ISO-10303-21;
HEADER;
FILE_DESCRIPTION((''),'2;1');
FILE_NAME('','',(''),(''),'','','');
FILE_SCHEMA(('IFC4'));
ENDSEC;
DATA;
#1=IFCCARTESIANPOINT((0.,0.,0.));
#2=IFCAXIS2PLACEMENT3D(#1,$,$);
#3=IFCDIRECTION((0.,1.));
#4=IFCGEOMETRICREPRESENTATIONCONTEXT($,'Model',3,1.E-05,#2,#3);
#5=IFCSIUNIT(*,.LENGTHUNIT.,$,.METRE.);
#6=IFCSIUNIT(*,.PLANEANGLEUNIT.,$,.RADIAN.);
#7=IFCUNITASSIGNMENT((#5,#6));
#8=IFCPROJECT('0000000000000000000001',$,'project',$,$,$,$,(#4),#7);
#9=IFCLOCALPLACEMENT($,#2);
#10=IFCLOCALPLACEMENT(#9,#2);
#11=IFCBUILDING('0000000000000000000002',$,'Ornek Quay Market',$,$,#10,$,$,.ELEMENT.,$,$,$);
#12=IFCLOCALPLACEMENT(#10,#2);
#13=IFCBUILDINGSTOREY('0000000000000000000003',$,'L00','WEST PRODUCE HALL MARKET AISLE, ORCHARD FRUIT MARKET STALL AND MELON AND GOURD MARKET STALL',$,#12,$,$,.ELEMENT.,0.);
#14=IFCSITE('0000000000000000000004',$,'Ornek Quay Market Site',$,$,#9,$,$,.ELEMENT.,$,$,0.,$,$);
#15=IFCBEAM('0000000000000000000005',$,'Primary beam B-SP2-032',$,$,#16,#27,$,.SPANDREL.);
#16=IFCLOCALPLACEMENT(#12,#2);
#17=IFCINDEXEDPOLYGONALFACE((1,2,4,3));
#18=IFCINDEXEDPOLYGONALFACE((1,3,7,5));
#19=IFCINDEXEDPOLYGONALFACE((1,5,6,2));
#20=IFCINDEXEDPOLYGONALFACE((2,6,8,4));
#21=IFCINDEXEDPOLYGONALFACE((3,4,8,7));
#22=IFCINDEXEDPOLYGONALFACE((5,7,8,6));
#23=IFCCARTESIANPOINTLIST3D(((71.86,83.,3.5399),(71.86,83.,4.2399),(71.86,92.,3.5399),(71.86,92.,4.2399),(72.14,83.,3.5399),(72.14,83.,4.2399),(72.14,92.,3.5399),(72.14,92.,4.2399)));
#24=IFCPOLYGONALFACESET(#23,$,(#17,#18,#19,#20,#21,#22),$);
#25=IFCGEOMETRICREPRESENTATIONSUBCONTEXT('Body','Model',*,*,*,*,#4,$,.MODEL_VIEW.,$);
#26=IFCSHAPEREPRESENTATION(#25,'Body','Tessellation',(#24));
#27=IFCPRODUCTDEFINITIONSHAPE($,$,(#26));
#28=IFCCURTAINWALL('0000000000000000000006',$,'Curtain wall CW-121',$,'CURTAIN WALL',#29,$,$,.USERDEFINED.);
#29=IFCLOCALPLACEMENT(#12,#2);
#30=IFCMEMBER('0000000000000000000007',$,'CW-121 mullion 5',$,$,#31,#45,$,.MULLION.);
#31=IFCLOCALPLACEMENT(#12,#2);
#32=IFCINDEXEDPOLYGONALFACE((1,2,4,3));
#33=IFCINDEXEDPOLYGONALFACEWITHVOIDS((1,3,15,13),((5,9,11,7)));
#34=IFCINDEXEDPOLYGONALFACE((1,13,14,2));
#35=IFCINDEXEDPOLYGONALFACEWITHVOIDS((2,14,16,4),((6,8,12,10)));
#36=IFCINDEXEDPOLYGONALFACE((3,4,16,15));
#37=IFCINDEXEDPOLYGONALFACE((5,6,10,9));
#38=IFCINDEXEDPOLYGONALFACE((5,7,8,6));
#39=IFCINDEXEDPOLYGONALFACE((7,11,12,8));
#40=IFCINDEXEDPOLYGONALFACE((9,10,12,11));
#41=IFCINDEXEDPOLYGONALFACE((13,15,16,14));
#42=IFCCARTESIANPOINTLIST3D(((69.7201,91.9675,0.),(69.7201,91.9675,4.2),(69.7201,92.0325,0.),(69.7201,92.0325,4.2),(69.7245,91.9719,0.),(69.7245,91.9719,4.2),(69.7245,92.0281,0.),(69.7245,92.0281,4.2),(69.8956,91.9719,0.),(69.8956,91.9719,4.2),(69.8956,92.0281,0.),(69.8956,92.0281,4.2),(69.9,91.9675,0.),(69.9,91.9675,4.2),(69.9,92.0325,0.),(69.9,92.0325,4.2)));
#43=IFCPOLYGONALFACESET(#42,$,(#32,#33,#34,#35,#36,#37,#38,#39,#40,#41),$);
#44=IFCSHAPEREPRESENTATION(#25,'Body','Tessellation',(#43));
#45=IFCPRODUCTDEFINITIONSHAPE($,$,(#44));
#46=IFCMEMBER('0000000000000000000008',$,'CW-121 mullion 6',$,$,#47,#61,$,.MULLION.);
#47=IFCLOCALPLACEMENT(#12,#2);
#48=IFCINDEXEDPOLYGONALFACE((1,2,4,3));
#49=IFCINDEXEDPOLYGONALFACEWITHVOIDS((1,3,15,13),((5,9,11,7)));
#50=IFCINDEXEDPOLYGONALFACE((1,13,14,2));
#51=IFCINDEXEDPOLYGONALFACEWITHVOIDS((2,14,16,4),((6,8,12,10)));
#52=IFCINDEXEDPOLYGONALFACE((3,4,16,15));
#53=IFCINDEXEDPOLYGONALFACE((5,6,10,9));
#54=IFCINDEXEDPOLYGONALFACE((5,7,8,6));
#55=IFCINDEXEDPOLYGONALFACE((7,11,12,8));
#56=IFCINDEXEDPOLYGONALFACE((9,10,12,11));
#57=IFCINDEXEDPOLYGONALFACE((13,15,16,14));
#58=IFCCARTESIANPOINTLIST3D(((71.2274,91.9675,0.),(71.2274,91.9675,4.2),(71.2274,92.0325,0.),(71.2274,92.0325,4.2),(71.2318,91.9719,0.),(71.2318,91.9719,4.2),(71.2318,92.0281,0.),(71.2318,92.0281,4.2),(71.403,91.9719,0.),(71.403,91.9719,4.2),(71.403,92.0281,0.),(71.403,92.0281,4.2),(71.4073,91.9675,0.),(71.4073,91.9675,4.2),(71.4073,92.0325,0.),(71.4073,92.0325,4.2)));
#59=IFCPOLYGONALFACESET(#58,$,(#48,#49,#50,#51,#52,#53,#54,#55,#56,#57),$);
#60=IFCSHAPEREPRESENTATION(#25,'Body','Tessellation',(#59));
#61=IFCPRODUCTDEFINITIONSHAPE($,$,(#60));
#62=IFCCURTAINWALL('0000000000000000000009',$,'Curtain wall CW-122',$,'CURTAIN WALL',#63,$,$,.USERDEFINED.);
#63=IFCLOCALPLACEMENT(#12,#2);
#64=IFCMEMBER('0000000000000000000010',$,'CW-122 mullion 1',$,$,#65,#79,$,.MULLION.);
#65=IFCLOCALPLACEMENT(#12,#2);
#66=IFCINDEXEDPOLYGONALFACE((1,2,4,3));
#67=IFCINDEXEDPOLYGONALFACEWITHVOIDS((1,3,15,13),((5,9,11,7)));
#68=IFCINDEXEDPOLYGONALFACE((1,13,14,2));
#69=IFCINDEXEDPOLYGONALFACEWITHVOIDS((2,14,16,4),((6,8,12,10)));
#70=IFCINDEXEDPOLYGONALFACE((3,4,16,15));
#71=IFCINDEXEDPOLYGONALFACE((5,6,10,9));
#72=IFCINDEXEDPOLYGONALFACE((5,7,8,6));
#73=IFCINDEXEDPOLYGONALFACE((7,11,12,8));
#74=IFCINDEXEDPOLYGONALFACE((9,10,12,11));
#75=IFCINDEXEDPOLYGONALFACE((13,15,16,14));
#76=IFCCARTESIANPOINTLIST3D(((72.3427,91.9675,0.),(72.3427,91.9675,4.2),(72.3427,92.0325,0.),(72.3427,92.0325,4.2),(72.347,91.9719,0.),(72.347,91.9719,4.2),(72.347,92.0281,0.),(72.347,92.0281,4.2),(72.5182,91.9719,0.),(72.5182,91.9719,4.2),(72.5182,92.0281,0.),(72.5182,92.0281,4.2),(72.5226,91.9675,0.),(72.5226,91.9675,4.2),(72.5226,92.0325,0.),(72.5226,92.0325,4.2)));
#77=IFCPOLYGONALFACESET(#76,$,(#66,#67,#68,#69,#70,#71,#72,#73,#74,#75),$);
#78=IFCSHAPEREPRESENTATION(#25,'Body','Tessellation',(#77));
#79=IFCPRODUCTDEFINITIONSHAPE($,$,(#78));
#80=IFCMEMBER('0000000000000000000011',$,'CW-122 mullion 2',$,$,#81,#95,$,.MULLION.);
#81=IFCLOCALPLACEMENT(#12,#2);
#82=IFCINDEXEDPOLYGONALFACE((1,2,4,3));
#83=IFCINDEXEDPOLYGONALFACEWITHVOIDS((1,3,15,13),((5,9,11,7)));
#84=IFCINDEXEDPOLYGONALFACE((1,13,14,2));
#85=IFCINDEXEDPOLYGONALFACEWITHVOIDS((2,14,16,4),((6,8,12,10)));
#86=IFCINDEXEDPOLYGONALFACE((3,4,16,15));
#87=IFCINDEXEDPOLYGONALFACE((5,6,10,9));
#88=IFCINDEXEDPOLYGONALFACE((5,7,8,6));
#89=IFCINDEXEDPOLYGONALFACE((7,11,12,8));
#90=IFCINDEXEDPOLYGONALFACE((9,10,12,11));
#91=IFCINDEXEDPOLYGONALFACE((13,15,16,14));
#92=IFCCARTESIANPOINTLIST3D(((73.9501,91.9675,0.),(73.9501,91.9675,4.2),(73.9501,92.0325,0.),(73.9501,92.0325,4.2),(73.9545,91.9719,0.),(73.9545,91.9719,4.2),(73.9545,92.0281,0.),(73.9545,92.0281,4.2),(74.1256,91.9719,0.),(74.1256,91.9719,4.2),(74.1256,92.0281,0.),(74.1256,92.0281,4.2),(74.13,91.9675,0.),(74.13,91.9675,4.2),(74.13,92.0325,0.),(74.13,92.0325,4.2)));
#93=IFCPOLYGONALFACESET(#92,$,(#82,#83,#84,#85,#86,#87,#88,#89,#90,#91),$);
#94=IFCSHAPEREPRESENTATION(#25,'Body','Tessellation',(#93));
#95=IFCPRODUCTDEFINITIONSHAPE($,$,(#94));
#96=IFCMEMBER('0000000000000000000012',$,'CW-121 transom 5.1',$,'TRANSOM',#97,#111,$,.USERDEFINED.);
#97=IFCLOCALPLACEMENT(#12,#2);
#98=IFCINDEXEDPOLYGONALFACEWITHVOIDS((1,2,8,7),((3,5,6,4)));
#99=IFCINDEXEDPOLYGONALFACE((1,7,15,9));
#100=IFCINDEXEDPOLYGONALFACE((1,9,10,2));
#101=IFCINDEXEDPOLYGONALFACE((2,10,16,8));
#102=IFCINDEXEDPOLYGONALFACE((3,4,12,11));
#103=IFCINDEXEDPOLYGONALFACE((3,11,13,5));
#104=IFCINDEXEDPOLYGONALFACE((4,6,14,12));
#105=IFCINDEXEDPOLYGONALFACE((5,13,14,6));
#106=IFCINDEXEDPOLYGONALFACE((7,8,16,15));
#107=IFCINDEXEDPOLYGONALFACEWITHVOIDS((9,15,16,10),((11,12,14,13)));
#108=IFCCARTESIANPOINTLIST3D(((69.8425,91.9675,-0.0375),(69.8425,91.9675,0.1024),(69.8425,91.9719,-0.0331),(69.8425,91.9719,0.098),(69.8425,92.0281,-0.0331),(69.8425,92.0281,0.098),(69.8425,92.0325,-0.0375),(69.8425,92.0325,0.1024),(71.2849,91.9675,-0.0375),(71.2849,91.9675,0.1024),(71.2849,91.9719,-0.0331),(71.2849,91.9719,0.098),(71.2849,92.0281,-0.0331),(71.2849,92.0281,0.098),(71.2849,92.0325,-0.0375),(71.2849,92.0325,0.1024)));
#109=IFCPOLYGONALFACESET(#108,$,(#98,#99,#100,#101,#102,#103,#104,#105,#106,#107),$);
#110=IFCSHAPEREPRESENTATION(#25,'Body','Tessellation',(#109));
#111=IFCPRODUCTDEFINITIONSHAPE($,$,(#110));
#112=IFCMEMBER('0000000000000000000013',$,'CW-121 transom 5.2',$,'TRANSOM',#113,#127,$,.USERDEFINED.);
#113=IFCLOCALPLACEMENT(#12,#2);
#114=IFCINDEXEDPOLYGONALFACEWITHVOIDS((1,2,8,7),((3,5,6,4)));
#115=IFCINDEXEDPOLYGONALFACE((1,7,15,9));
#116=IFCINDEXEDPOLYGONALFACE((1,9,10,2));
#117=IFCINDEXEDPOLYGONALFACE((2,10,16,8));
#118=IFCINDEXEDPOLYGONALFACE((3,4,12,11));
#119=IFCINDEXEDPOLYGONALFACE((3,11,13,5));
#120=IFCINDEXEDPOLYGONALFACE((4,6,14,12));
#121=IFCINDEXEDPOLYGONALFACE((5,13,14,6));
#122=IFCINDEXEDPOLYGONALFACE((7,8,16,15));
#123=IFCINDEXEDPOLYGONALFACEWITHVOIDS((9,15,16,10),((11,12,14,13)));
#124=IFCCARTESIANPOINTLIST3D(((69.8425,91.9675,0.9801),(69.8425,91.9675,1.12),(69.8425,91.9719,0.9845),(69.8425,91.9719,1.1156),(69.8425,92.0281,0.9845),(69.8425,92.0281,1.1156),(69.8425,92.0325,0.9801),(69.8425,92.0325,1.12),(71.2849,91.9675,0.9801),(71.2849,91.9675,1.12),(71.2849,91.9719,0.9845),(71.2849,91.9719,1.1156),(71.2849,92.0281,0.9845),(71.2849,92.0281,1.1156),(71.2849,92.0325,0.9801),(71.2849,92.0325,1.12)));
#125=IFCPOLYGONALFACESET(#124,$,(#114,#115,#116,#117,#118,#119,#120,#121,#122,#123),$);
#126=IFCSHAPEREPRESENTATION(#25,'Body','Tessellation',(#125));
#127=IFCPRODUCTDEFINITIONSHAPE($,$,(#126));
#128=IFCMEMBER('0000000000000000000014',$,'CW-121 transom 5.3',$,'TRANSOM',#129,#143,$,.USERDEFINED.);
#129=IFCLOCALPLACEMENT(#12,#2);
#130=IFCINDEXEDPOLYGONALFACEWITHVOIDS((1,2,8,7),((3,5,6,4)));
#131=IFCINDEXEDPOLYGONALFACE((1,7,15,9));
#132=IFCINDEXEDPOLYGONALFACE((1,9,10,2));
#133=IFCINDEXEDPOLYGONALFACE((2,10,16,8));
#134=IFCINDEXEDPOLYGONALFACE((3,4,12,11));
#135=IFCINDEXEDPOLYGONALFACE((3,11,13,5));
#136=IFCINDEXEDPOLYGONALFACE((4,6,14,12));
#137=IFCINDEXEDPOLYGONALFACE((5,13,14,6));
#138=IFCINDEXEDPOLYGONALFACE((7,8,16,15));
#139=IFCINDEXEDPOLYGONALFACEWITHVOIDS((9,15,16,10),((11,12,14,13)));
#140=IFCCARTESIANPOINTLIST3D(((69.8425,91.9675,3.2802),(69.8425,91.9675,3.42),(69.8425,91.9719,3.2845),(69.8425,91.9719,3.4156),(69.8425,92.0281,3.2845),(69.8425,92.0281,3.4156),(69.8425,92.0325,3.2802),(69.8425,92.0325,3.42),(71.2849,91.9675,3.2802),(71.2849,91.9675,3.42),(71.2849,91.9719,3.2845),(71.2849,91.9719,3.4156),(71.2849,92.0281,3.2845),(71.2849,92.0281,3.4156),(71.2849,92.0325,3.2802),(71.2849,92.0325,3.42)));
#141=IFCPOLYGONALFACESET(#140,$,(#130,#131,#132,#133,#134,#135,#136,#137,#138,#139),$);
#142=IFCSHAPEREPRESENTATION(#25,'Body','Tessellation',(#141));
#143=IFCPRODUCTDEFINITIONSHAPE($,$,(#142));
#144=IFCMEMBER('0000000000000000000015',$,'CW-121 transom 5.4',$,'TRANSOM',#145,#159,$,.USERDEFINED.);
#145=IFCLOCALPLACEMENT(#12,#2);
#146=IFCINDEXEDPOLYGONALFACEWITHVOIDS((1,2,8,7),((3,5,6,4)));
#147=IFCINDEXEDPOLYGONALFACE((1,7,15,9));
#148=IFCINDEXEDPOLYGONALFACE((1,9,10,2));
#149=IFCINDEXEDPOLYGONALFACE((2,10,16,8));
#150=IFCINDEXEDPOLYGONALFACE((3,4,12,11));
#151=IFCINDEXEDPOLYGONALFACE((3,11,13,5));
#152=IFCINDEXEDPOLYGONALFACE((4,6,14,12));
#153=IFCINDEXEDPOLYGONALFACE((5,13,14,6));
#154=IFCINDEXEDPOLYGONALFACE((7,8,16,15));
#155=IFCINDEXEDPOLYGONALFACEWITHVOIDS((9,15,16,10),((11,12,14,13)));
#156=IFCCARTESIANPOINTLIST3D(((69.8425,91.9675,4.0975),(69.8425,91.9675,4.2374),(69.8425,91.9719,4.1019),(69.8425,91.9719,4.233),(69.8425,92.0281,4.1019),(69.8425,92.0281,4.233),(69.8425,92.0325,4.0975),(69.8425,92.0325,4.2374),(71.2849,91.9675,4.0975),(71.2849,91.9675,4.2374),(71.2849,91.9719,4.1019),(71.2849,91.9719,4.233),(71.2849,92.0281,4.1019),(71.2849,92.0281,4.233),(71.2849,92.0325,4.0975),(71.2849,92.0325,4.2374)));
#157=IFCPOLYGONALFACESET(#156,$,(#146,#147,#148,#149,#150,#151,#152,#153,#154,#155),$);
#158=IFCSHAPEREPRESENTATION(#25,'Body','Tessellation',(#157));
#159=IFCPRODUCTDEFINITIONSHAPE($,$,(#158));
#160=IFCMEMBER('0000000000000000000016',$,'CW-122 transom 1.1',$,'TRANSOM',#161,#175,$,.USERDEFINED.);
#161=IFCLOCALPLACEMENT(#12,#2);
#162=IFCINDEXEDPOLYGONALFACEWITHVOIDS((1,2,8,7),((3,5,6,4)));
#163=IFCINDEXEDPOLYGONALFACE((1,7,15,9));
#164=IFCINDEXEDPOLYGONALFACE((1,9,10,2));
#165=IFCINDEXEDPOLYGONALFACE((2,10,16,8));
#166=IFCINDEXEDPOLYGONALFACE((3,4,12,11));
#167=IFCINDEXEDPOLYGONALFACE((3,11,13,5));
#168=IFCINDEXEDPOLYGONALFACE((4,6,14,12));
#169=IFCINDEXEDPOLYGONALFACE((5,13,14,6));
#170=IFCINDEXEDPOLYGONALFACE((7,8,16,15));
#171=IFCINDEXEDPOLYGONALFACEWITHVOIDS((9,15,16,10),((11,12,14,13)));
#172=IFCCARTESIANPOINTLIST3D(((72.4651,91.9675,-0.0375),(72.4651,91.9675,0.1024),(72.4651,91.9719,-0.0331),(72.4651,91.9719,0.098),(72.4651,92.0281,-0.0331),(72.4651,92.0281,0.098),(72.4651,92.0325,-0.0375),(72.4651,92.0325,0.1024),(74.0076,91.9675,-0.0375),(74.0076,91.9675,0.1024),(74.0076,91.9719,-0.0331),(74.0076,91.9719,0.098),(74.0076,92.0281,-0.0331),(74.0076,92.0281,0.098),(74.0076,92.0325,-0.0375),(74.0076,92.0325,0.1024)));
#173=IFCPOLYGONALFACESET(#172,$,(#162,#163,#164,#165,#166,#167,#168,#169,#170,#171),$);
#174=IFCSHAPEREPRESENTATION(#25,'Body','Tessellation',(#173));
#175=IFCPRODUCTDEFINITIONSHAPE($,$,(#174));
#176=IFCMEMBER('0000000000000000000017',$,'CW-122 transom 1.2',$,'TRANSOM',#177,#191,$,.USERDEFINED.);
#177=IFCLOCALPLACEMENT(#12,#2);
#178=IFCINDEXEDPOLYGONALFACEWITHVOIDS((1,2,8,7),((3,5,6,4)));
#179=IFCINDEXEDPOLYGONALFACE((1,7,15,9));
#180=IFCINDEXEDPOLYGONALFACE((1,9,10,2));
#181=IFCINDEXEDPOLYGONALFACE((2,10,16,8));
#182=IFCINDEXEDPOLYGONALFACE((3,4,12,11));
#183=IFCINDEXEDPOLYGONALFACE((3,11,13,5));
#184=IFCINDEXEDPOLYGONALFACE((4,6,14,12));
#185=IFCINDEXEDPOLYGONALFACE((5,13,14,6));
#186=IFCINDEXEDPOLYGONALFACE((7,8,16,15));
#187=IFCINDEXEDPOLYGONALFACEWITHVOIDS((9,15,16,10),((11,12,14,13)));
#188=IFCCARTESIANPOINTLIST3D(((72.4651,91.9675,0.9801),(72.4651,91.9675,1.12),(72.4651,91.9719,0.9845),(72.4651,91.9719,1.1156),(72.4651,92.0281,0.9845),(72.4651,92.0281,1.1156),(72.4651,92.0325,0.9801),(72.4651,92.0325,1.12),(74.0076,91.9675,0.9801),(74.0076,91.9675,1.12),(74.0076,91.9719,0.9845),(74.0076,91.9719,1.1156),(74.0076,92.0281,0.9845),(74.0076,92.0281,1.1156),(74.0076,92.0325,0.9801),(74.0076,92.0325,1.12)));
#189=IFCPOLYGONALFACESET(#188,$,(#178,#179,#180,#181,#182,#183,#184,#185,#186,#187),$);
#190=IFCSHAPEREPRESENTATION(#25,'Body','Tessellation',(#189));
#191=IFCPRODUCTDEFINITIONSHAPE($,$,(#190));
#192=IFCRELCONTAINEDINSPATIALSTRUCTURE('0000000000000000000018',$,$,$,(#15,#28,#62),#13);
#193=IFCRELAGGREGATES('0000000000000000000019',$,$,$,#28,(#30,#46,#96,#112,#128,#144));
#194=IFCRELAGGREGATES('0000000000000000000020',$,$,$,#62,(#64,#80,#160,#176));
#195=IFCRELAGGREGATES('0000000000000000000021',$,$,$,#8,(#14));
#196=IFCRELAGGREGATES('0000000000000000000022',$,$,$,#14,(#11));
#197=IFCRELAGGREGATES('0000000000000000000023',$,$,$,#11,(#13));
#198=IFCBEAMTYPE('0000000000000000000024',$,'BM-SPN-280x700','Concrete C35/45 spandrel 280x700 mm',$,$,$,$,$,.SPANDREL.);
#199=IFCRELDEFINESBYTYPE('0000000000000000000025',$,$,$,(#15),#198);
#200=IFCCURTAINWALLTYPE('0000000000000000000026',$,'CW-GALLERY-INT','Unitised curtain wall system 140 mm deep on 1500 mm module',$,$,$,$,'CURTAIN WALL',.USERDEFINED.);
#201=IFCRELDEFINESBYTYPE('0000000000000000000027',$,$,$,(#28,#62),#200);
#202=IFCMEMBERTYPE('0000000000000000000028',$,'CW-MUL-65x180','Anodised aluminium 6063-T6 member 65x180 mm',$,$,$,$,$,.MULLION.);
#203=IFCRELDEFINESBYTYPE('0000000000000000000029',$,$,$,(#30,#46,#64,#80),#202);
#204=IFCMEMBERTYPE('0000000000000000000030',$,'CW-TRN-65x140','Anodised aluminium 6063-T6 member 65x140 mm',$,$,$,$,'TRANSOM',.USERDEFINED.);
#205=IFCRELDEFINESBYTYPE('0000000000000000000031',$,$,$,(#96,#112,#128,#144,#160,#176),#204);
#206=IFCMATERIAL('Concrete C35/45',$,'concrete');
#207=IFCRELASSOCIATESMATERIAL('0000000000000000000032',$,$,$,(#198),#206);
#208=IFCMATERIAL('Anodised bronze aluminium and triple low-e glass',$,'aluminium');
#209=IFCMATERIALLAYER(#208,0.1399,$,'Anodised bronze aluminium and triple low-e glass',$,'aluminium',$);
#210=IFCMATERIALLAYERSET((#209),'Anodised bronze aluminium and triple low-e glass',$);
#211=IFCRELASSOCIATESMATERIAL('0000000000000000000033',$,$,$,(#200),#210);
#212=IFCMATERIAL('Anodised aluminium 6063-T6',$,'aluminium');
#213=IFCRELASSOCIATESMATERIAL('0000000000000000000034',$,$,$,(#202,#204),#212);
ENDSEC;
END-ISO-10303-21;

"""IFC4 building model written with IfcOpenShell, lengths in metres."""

from ifc_helpers import new_model, si_unit, direction, frame, origin, origin_2d, place, context, subcontext, project, spatial, rectangle, hollow_rectangle, extrude, material, layer, layer_set, material_profile, profile_set, type_object, element, aggregate, save


model = new_model("IFC4")

# Units and contexts
model_context = context("Model", 3, precision=1e-05, world=origin(), true_north=direction((0.0, 1.0)))
body_context = subcontext(model_context, "Body", "Model", "MODEL_VIEW")
ifc_project = project(units=[si_unit("LENGTHUNIT", "METRE"), si_unit("PLANEANGLEUNIT", "RADIAN")], contexts=[model_context])

# Site, building, storey
site_placement = place(None, origin())
site = spatial("IfcSite", under=ifc_project, at=site_placement, Name="Ornek Quay Market Site", CompositionType="ELEMENT", RefElevation=0.0)
building_placement = place(site_placement, origin())
building = spatial("IfcBuilding", under=site, at=building_placement, Name="Ornek Quay Market", CompositionType="ELEMENT")
storey_placement = place(building_placement, origin())
storey = spatial("IfcBuildingStorey", under=building, at=storey_placement, Name="L00", Description="WEST PRODUCE HALL MARKET AISLE, ORCHARD FRUIT MARKET STALL AND MELON AND GOURD MARKET STALL", CompositionType="ELEMENT", Elevation=0.0)

# Beam
ifc_material_1 = material(Name="Concrete C35/45", Category="concrete")
ifc_material_profile_1 = material_profile(ifc_material_1, rectangle(XDim=0.28, YDim=0.7, at=origin_2d()), Name="RC 280x700", Category="concrete")
ifc_profile_set_1 = profile_set([ifc_material_profile_1], Name="Concrete C35/45")
beam_type_1 = type_object("IfcBeamType", Name="BM-SPN-280x700", Description="Concrete C35/45 spandrel 280x700 mm", PredefinedType="SPANDREL", material=ifc_profile_set_1)
beam_1_placement = place(storey_placement, frame((72.0, 83.0, 3.8899), z_axis=(0.0, 1.0, 0.0), x_axis=(-1.0, 0.0, 0.0)))
element("IfcBeam", 1, at=beam_1_placement, inside=storey, type_object=beam_type_1, Name="Primary beam B-SP2-032", PredefinedType="SPANDREL", context=body_context, shape_type="SweptSolid", body=[
    extrude(rectangle(XDim=0.28, YDim=0.7, at=origin_2d()), origin(), (0.0, 0.0, 1.0), 9.0),
])

# Curtain walls, members
ifc_material_2 = material(Name="Anodised bronze aluminium and triple low-e glass", Category="aluminium")
ifc_layer_1 = layer(ifc_material_2, 0.1399, Name="Anodised bronze aluminium and triple low-e glass", Category="aluminium")
ifc_layer_set_1 = layer_set([ifc_layer_1], Name="Anodised bronze aluminium and triple low-e glass")
curtain_wall_type = type_object("IfcCurtainWallType", Name="CW-GALLERY-INT", Description="Unitised curtain wall system 140 mm deep on 1500 mm module", ElementType="CURTAIN WALL", PredefinedType="USERDEFINED", material=ifc_layer_set_1)
curtain_wall_1_placement = place(storey_placement, origin())
curtain_wall_1 = element("IfcCurtainWall", 2, at=curtain_wall_1_placement, inside=storey, type_object=curtain_wall_type, Name="Curtain wall CW-121", ObjectType="CURTAIN WALL", PredefinedType="USERDEFINED")
ifc_material_3 = material(Name="Anodised aluminium 6063-T6", Category="aluminium")
ifc_material_profile_2 = material_profile(ifc_material_3, hollow_rectangle(XDim=0.0649, YDim=0.1799, WallThickness=0.0044, at=origin_2d()), Name="CW-MUL-65x180", Category="aluminium")
ifc_profile_set_2 = profile_set([ifc_material_profile_2], Name="Anodised aluminium 6063-T6")
member_type_1 = type_object("IfcMemberType", Name="CW-MUL-65x180", Description="Anodised aluminium 6063-T6 member 65x180 mm", PredefinedType="MULLION", material=ifc_profile_set_2)
member_1_placement = place(storey_placement, frame((69.8101, 92.0, 0.0), z_axis=(0.0, 0.0, 1.0), x_axis=(0.0, 1.0, 0.0)))
member_1 = element("IfcMember", 3, at=member_1_placement, type_object=member_type_1, Name="CW-121 mullion 5", PredefinedType="MULLION", context=body_context, shape_type="SweptSolid", body=[
    extrude(hollow_rectangle(XDim=0.0649, YDim=0.1799, WallThickness=0.0044, at=origin_2d()), origin(), (0.0, 0.0, 1.0), 4.2),
])
member_2_placement = place(storey_placement, frame((71.3174, 92.0, 0.0), z_axis=(0.0, 0.0, 1.0), x_axis=(0.0, 1.0, 0.0)))
member_2 = element("IfcMember", 4, at=member_2_placement, type_object=member_type_1, Name="CW-121 mullion 6", PredefinedType="MULLION", context=body_context, shape_type="SweptSolid", body=[
    extrude(hollow_rectangle(XDim=0.0649, YDim=0.1799, WallThickness=0.0044, at=origin_2d()), origin(), (0.0, 0.0, 1.0), 4.2),
])
curtain_wall_2_placement = place(storey_placement, origin())
curtain_wall_2 = element("IfcCurtainWall", 5, at=curtain_wall_2_placement, inside=storey, type_object=curtain_wall_type, Name="Curtain wall CW-122", ObjectType="CURTAIN WALL", PredefinedType="USERDEFINED")
member_3_placement = place(storey_placement, frame((72.4326, 92.0, 0.0), z_axis=(0.0, 0.0, 1.0), x_axis=(0.0, 1.0, 0.0)))
member_3 = element("IfcMember", 6, at=member_3_placement, type_object=member_type_1, Name="CW-122 mullion 1", PredefinedType="MULLION", context=body_context, shape_type="SweptSolid", body=[
    extrude(hollow_rectangle(XDim=0.0649, YDim=0.1799, WallThickness=0.0044, at=origin_2d()), origin(), (0.0, 0.0, 1.0), 4.2),
])
member_4_placement = place(storey_placement, frame((74.04, 92.0, 0.0), z_axis=(0.0, 0.0, 1.0), x_axis=(0.0, 1.0, 0.0)))
member_4 = element("IfcMember", 7, at=member_4_placement, type_object=member_type_1, Name="CW-122 mullion 2", PredefinedType="MULLION", context=body_context, shape_type="SweptSolid", body=[
    extrude(hollow_rectangle(XDim=0.0649, YDim=0.1799, WallThickness=0.0044, at=origin_2d()), origin(), (0.0, 0.0, 1.0), 4.2),
])

# Members
ifc_material_profile_3 = material_profile(ifc_material_3, hollow_rectangle(XDim=0.0649, YDim=0.1399, WallThickness=0.0044, at=origin_2d()), Name="CW-TRN-65x140", Category="aluminium")
ifc_profile_set_3 = profile_set([ifc_material_profile_3], Name="Anodised aluminium 6063-T6")
member_type_2 = type_object("IfcMemberType", Name="CW-TRN-65x140", Description="Anodised aluminium 6063-T6 member 65x140 mm", ElementType="TRANSOM", PredefinedType="USERDEFINED", material=ifc_profile_set_3)
member_5_placement = place(storey_placement, frame((69.8425, 92.0, 0.0325), z_axis=(1.0, 0.0, 0.0), x_axis=(0.0, 1.0, 0.0)))
member_5 = element("IfcMember", 8, at=member_5_placement, type_object=member_type_2, Name="CW-121 transom 5.1", ObjectType="TRANSOM", PredefinedType="USERDEFINED", context=body_context, shape_type="SweptSolid", body=[
    extrude(hollow_rectangle(XDim=0.0649, YDim=0.1399, WallThickness=0.0044, at=origin_2d()), origin(), (0.0, 0.0, 1.0), 1.4424),
])
member_6_placement = place(storey_placement, frame((69.8425, 92.0, 1.05), z_axis=(1.0, 0.0, 0.0), x_axis=(0.0, 1.0, 0.0)))
member_6 = element("IfcMember", 9, at=member_6_placement, type_object=member_type_2, Name="CW-121 transom 5.2", ObjectType="TRANSOM", PredefinedType="USERDEFINED", context=body_context, shape_type="SweptSolid", body=[
    extrude(hollow_rectangle(XDim=0.0649, YDim=0.1399, WallThickness=0.0044, at=origin_2d()), origin(), (0.0, 0.0, 1.0), 1.4424),
])
member_7_placement = place(storey_placement, frame((69.8425, 92.0, 3.3501), z_axis=(1.0, 0.0, 0.0), x_axis=(0.0, 1.0, 0.0)))
member_7 = element("IfcMember", 10, at=member_7_placement, type_object=member_type_2, Name="CW-121 transom 5.3", ObjectType="TRANSOM", PredefinedType="USERDEFINED", context=body_context, shape_type="SweptSolid", body=[
    extrude(hollow_rectangle(XDim=0.0649, YDim=0.1399, WallThickness=0.0044, at=origin_2d()), origin(), (0.0, 0.0, 1.0), 1.4424),
])
member_8_placement = place(storey_placement, frame((69.8425, 92.0, 4.1675), z_axis=(1.0, 0.0, 0.0), x_axis=(0.0, 1.0, 0.0)))
member_8 = element("IfcMember", 11, at=member_8_placement, type_object=member_type_2, Name="CW-121 transom 5.4", ObjectType="TRANSOM", PredefinedType="USERDEFINED", context=body_context, shape_type="SweptSolid", body=[
    extrude(hollow_rectangle(XDim=0.0649, YDim=0.1399, WallThickness=0.0044, at=origin_2d()), origin(), (0.0, 0.0, 1.0), 1.4424),
])
member_9_placement = place(storey_placement, frame((72.4651, 92.0, 0.0325), z_axis=(1.0, 0.0, 0.0), x_axis=(0.0, 1.0, 0.0)))
member_9 = element("IfcMember", 12, at=member_9_placement, type_object=member_type_2, Name="CW-122 transom 1.1", ObjectType="TRANSOM", PredefinedType="USERDEFINED", context=body_context, shape_type="SweptSolid", body=[
    extrude(hollow_rectangle(XDim=0.0649, YDim=0.1399, WallThickness=0.0044, at=origin_2d()), origin(), (0.0, 0.0, 1.0), 1.5425),
])
member_10_placement = place(storey_placement, frame((72.4651, 92.0, 1.05), z_axis=(1.0, 0.0, 0.0), x_axis=(0.0, 1.0, 0.0)))
member_10 = element("IfcMember", 13, at=member_10_placement, type_object=member_type_2, Name="CW-122 transom 1.2", ObjectType="TRANSOM", PredefinedType="USERDEFINED", context=body_context, shape_type="SweptSolid", body=[
    extrude(hollow_rectangle(XDim=0.0649, YDim=0.1399, WallThickness=0.0044, at=origin_2d()), origin(), (0.0, 0.0, 1.0), 1.5425),
])

aggregate(curtain_wall_1, [member_1, member_2, member_5, member_6, member_7, member_8])
aggregate(curtain_wall_2, [member_3, member_4, member_9, member_10])

save(model, "model.ifc")
